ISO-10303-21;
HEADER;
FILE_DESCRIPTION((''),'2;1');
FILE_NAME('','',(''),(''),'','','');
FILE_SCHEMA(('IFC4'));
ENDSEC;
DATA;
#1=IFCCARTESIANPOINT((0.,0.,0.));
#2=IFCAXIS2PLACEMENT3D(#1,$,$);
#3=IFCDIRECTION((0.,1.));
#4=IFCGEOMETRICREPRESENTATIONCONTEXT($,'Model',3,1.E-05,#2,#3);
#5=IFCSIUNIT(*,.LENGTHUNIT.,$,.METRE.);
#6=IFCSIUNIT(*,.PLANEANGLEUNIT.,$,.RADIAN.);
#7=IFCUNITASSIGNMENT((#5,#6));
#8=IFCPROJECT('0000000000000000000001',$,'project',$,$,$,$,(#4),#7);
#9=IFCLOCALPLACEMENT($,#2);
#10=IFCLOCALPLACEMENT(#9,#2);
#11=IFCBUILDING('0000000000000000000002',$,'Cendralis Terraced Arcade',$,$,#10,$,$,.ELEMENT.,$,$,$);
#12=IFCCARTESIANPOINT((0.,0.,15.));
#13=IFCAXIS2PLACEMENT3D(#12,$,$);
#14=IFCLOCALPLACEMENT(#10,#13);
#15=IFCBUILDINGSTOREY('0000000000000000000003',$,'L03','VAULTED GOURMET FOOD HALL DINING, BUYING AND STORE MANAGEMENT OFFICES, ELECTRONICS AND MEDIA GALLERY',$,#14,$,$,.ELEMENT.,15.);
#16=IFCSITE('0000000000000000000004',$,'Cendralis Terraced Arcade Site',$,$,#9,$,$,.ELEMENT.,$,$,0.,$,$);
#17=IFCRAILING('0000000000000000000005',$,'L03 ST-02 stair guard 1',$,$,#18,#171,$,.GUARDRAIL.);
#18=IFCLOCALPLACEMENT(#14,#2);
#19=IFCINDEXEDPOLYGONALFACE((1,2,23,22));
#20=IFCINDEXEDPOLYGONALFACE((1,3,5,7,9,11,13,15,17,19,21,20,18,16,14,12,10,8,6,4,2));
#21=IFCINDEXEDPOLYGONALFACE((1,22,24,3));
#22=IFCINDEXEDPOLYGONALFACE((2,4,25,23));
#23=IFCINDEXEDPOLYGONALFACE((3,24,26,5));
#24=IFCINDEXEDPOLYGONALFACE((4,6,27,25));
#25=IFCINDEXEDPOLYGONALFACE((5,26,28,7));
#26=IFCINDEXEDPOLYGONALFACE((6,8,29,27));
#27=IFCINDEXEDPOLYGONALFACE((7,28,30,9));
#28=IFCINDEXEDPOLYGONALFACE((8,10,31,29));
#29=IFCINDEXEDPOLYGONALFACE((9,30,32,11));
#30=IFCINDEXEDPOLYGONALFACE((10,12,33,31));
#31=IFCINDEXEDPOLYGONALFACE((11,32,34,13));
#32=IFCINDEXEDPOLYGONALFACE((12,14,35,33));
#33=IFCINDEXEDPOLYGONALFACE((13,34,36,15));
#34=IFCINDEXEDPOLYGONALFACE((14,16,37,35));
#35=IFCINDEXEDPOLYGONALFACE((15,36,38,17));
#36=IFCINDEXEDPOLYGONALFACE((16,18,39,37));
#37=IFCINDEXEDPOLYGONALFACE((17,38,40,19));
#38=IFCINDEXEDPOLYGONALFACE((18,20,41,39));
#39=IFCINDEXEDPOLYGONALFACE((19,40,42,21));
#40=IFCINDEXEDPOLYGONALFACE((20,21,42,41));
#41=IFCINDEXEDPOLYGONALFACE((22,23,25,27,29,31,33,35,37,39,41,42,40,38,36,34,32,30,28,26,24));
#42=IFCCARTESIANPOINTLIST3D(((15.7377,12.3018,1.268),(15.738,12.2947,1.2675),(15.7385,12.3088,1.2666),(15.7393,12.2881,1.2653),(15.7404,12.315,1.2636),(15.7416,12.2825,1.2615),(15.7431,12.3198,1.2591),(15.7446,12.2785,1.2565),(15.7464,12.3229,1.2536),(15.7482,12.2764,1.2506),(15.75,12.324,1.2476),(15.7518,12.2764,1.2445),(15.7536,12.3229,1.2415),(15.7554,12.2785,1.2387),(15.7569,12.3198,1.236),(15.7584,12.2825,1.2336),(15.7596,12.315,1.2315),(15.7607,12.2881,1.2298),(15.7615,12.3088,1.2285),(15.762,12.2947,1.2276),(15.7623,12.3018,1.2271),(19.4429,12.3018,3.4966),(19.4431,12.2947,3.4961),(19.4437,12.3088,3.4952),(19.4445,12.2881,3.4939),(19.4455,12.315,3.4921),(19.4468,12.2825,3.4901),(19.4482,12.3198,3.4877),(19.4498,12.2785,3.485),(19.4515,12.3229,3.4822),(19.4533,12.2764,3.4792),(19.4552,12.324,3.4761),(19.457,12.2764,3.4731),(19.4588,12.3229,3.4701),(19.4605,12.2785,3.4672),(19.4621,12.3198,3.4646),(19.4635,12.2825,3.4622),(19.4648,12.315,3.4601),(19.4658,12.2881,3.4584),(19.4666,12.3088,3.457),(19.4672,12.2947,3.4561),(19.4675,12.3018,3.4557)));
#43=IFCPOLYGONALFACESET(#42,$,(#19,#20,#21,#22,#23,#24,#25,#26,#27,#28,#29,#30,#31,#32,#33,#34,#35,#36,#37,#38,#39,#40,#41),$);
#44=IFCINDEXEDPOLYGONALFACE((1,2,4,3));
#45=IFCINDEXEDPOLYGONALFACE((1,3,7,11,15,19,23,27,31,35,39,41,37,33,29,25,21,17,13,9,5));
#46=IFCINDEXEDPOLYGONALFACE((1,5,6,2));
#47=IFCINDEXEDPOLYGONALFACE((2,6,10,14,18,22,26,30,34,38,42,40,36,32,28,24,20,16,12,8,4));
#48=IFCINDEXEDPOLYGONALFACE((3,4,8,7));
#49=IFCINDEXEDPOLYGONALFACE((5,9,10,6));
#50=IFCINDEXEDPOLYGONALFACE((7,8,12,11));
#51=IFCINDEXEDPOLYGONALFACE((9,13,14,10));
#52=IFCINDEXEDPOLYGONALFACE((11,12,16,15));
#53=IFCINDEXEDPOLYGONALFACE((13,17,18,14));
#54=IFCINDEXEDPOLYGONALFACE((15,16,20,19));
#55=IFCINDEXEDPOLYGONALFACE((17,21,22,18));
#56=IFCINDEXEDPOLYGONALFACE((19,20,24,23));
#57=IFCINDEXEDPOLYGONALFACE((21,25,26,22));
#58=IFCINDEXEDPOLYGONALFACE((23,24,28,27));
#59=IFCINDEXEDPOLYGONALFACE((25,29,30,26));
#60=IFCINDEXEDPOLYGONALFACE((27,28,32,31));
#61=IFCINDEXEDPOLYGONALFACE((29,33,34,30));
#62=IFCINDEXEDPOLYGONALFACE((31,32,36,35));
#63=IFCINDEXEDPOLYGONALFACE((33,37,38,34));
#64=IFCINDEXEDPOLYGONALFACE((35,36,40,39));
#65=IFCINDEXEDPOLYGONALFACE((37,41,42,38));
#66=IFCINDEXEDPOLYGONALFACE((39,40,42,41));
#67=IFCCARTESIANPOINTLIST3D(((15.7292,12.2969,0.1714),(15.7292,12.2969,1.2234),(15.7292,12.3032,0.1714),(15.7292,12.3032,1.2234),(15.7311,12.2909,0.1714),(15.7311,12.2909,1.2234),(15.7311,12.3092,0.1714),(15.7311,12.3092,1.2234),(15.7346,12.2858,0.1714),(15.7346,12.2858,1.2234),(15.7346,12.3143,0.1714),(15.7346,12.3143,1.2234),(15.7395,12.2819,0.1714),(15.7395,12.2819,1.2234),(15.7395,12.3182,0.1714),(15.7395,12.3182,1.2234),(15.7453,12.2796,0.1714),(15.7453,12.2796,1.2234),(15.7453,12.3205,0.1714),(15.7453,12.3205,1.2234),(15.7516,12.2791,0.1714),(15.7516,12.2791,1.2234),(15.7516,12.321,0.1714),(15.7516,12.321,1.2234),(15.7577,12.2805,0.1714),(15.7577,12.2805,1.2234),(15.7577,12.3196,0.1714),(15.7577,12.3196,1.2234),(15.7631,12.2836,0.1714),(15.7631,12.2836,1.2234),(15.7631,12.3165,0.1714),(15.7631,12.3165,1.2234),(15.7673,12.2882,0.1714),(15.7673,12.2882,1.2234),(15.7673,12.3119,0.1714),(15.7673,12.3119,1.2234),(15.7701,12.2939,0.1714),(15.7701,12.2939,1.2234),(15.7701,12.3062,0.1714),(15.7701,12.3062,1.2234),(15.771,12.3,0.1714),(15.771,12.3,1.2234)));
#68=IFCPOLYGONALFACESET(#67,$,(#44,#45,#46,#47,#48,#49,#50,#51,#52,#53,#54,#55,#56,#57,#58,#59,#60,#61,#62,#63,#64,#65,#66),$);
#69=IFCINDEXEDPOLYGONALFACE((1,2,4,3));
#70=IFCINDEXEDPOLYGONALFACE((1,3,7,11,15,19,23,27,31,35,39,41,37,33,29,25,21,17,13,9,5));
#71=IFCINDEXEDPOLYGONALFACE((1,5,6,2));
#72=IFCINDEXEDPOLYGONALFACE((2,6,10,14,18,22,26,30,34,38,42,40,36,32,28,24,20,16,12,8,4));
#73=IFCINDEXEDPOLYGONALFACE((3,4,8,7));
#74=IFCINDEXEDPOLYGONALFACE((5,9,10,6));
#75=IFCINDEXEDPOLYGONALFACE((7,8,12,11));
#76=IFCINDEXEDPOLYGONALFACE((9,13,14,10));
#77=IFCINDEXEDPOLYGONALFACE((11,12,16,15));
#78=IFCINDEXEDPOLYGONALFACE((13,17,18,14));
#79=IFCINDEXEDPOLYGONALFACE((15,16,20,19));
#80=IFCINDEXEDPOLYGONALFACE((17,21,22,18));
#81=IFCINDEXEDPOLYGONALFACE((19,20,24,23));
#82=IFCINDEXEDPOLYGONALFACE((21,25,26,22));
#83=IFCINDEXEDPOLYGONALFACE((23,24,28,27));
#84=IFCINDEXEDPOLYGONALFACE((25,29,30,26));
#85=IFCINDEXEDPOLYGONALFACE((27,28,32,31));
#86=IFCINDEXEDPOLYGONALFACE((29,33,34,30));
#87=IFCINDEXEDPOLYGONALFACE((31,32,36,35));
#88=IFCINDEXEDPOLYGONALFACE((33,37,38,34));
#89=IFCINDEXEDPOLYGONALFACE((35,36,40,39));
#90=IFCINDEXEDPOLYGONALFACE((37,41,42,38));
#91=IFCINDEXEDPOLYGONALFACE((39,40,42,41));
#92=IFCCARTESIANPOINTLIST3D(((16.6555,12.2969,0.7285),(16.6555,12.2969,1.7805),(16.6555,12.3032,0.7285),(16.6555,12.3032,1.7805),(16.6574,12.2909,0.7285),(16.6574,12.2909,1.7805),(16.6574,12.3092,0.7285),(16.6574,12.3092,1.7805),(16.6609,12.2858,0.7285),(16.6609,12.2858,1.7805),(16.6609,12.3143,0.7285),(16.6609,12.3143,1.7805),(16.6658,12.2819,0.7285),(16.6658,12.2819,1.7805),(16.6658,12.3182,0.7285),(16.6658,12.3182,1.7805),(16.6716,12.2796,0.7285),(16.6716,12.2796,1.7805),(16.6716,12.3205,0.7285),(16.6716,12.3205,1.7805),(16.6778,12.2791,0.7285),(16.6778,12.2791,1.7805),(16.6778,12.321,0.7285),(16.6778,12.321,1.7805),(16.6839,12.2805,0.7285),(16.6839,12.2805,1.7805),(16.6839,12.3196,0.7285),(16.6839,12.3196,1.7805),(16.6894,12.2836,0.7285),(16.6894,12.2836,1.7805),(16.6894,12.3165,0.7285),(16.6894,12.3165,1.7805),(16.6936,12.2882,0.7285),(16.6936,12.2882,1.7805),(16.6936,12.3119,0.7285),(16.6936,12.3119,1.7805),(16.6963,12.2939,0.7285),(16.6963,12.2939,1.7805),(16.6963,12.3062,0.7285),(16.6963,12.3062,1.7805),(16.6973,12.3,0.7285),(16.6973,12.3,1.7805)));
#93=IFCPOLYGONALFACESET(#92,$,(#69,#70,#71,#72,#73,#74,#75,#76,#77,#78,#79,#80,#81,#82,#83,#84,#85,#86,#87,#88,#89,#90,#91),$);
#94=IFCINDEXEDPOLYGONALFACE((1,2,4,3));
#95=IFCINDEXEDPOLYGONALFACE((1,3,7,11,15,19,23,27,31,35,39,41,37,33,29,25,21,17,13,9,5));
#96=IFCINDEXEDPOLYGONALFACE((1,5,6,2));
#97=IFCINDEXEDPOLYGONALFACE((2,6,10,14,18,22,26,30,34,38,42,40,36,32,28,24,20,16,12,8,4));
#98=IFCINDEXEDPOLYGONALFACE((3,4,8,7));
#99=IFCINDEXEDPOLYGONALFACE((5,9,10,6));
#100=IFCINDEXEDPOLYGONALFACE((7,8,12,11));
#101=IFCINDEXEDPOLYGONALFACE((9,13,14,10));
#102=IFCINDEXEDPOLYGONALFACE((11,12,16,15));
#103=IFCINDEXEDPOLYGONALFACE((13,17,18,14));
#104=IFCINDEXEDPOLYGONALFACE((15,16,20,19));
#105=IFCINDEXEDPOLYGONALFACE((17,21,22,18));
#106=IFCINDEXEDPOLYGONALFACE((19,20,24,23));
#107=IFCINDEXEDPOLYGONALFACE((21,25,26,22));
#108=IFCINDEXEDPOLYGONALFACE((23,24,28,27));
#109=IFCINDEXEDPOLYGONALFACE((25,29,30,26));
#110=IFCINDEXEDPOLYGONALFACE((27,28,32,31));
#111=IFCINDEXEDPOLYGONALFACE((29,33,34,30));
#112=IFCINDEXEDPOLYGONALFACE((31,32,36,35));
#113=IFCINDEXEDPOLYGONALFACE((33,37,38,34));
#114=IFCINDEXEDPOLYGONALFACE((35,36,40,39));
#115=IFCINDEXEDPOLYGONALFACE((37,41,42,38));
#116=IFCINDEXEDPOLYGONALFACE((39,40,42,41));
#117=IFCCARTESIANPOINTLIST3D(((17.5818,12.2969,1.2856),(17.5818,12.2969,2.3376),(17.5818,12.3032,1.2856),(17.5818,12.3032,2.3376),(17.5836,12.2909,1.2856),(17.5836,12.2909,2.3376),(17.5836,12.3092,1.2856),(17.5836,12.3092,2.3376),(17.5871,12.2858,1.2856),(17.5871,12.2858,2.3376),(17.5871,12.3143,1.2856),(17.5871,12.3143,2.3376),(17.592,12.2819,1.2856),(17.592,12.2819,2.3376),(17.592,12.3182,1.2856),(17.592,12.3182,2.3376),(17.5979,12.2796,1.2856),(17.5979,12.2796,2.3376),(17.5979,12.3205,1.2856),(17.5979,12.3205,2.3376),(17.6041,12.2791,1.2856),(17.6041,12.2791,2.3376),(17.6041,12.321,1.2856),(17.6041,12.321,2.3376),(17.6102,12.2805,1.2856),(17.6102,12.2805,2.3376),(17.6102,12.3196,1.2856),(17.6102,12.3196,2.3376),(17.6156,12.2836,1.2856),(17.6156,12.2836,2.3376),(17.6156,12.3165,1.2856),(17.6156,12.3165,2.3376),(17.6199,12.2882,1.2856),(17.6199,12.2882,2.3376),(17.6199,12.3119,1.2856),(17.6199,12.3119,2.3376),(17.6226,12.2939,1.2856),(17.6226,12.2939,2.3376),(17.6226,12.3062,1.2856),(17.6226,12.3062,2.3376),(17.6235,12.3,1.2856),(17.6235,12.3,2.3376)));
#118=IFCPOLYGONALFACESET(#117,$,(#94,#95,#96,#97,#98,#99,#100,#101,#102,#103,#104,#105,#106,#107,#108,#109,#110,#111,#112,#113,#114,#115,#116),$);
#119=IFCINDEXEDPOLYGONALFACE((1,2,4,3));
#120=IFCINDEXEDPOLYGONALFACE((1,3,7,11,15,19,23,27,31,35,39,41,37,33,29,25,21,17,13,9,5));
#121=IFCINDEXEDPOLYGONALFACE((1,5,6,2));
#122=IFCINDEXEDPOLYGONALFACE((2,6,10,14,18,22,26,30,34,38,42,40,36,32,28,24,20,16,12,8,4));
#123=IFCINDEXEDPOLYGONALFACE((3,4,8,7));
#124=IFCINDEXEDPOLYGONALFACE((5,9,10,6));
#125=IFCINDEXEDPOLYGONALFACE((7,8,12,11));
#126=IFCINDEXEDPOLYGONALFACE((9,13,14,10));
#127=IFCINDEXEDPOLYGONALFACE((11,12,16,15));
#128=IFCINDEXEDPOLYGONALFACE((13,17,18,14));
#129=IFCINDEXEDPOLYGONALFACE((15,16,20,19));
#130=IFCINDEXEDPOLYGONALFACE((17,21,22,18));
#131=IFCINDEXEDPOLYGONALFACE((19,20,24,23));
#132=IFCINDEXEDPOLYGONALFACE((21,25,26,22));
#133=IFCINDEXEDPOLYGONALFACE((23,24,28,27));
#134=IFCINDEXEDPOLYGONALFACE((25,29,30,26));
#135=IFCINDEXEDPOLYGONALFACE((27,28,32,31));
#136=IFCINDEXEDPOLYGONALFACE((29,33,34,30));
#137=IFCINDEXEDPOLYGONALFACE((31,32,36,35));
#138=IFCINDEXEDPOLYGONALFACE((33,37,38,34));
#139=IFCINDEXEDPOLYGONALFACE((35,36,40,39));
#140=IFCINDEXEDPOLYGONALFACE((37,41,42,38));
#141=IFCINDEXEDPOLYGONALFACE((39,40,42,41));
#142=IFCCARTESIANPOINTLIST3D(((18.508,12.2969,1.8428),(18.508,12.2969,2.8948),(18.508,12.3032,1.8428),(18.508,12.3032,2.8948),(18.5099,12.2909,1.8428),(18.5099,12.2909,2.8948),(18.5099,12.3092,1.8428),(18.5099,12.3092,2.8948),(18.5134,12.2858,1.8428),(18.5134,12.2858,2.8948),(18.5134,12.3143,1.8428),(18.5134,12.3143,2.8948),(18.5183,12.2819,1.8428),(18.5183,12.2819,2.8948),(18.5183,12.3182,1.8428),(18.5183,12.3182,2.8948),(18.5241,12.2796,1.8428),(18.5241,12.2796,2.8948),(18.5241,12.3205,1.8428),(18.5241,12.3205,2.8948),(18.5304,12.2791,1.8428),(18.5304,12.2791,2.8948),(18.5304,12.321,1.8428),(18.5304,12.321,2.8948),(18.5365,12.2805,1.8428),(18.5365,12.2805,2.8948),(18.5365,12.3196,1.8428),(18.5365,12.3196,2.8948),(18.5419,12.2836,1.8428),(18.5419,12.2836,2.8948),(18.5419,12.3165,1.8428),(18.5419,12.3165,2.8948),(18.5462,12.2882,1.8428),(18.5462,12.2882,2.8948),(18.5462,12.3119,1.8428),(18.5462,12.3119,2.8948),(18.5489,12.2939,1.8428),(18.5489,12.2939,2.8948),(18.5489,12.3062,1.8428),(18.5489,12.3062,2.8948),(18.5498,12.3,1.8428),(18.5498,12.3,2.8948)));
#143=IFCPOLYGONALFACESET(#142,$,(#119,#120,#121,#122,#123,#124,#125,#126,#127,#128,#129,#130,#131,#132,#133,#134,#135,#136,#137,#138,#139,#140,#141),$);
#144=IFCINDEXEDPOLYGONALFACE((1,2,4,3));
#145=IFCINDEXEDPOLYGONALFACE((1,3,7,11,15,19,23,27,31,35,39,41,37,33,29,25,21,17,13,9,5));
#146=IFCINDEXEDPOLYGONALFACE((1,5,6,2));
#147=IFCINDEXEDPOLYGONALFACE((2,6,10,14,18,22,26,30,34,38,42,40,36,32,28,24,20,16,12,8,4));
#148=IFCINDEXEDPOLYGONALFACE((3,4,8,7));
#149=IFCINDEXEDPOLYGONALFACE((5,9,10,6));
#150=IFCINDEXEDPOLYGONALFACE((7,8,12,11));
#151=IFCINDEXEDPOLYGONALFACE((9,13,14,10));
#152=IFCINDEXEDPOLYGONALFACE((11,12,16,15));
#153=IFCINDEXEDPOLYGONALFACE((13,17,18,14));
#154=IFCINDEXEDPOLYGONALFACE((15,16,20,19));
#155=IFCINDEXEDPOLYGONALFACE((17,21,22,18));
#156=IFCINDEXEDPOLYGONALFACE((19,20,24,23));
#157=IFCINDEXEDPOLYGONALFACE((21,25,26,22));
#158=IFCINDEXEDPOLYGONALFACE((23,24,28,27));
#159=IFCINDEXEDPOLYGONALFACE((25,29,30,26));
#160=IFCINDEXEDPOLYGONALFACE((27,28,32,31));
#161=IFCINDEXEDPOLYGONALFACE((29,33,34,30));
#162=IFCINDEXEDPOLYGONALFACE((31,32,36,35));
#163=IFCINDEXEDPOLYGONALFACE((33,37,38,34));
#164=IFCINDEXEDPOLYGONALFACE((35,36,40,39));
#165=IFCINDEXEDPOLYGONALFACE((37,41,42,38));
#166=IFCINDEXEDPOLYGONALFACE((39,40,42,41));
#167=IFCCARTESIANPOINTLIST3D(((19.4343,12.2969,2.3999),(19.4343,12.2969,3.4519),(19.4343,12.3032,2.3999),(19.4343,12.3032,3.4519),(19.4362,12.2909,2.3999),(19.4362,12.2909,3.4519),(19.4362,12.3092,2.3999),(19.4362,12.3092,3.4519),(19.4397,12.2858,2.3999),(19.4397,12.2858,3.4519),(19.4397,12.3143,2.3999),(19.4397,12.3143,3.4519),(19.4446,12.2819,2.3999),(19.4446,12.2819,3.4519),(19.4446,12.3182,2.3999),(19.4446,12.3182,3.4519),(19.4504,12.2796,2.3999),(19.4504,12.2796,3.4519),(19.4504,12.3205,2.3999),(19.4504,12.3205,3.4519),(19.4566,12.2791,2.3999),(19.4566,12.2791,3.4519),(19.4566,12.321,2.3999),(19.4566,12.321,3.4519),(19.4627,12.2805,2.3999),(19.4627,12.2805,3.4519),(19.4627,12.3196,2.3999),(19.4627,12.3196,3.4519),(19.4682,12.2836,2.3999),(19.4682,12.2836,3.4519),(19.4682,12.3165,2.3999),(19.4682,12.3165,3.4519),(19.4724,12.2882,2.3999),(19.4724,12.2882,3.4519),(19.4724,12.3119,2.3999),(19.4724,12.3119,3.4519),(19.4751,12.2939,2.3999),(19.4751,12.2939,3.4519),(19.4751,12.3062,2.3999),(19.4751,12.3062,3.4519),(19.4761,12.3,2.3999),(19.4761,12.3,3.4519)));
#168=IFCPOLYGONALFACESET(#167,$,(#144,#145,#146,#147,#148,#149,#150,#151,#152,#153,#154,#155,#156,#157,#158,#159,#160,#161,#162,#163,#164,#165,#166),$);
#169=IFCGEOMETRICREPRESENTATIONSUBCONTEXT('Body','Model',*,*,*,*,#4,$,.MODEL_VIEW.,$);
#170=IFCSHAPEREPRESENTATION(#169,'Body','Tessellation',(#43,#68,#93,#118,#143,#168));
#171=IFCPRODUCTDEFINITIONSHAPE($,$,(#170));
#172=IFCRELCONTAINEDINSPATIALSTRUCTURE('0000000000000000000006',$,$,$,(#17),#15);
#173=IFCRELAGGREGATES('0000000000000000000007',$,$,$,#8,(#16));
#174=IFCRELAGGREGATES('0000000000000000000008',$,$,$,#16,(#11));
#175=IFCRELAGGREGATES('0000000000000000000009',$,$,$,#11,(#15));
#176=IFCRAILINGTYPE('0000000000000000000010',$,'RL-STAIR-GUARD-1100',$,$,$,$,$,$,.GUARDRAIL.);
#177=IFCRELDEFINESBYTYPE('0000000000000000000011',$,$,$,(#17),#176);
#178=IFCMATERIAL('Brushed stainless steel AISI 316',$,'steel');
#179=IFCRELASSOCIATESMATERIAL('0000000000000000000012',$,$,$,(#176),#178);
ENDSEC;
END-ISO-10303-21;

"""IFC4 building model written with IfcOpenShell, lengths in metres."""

from ifc_helpers import new_model, si_unit, direction, frame, origin, origin_2d, place, context, subcontext, project, spatial, circle, extrude, material, type_object, element, save


model = new_model("IFC4")

# Units and contexts
model_context = context("Model", 3, precision=1e-05, world=origin(), true_north=direction((0.0, 1.0)))
body_context = subcontext(model_context, "Body", "Model", "MODEL_VIEW")
ifc_project = project(units=[si_unit("LENGTHUNIT", "METRE"), si_unit("PLANEANGLEUNIT", "RADIAN")], contexts=[model_context])

# Site, building, storey
site_placement = place(None, origin())
site = spatial("IfcSite", under=ifc_project, at=site_placement, Name="Cendralis Terraced Arcade Site", CompositionType="ELEMENT", RefElevation=0.0)
building_placement = place(site_placement, origin())
building = spatial("IfcBuilding", under=site, at=building_placement, Name="Cendralis Terraced Arcade", CompositionType="ELEMENT")
storey_placement = place(building_placement, frame((0.0, 0.0, 15.0)))
storey = spatial("IfcBuildingStorey", under=building, at=storey_placement, Name="L03", Description="VAULTED GOURMET FOOD HALL DINING, BUYING AND STORE MANAGEMENT OFFICES, ELECTRONICS AND MEDIA GALLERY", CompositionType="ELEMENT", Elevation=15.0)

# Railing
ifc_material_1 = material(Name="Brushed stainless steel AISI 316", Category="steel")
railing_type_1 = type_object("IfcRailingType", Name="RL-STAIR-GUARD-1100", PredefinedType="GUARDRAIL", material=ifc_material_1)
railing_1_placement = place(storey_placement, frame((15.75, 12.3, 0.1714)))
element("IfcRailing", 1, at=railing_1_placement, inside=storey, type_object=railing_type_1, Name="L03 ST-02 stair guard 1", PredefinedType="GUARDRAIL", context=body_context, shape_type="SweptSolid", body=[
    extrude(circle(Radius=0.0239, at=origin_2d()), frame((0.0, 0.0, 1.0762), z_axis=(0.856934, 0.0, 0.515425), x_axis=(0.0, 1.0, 0.0)), (0.0, 0.0, 1.0), 4.3237),
    extrude(circle(Radius=0.021, at=origin_2d()), origin(), (0.0, 0.0, 1.0), 1.052),
    extrude(circle(Radius=0.021, at=origin_2d()), frame((0.9263, 0.0, 0.5571)), (0.0, 0.0, 1.0), 1.052),
    extrude(circle(Radius=0.021, at=origin_2d()), frame((1.8525, 0.0, 1.1143)), (0.0, 0.0, 1.0), 1.052),
    extrude(circle(Radius=0.021, at=origin_2d()), frame((2.7788, 0.0, 1.6714)), (0.0, 0.0, 1.0), 1.052),
    extrude(circle(Radius=0.021, at=origin_2d()), frame((3.7051, 0.0, 2.2285)), (0.0, 0.0, 1.0), 1.052),
])

save(model, "model.ifc")
